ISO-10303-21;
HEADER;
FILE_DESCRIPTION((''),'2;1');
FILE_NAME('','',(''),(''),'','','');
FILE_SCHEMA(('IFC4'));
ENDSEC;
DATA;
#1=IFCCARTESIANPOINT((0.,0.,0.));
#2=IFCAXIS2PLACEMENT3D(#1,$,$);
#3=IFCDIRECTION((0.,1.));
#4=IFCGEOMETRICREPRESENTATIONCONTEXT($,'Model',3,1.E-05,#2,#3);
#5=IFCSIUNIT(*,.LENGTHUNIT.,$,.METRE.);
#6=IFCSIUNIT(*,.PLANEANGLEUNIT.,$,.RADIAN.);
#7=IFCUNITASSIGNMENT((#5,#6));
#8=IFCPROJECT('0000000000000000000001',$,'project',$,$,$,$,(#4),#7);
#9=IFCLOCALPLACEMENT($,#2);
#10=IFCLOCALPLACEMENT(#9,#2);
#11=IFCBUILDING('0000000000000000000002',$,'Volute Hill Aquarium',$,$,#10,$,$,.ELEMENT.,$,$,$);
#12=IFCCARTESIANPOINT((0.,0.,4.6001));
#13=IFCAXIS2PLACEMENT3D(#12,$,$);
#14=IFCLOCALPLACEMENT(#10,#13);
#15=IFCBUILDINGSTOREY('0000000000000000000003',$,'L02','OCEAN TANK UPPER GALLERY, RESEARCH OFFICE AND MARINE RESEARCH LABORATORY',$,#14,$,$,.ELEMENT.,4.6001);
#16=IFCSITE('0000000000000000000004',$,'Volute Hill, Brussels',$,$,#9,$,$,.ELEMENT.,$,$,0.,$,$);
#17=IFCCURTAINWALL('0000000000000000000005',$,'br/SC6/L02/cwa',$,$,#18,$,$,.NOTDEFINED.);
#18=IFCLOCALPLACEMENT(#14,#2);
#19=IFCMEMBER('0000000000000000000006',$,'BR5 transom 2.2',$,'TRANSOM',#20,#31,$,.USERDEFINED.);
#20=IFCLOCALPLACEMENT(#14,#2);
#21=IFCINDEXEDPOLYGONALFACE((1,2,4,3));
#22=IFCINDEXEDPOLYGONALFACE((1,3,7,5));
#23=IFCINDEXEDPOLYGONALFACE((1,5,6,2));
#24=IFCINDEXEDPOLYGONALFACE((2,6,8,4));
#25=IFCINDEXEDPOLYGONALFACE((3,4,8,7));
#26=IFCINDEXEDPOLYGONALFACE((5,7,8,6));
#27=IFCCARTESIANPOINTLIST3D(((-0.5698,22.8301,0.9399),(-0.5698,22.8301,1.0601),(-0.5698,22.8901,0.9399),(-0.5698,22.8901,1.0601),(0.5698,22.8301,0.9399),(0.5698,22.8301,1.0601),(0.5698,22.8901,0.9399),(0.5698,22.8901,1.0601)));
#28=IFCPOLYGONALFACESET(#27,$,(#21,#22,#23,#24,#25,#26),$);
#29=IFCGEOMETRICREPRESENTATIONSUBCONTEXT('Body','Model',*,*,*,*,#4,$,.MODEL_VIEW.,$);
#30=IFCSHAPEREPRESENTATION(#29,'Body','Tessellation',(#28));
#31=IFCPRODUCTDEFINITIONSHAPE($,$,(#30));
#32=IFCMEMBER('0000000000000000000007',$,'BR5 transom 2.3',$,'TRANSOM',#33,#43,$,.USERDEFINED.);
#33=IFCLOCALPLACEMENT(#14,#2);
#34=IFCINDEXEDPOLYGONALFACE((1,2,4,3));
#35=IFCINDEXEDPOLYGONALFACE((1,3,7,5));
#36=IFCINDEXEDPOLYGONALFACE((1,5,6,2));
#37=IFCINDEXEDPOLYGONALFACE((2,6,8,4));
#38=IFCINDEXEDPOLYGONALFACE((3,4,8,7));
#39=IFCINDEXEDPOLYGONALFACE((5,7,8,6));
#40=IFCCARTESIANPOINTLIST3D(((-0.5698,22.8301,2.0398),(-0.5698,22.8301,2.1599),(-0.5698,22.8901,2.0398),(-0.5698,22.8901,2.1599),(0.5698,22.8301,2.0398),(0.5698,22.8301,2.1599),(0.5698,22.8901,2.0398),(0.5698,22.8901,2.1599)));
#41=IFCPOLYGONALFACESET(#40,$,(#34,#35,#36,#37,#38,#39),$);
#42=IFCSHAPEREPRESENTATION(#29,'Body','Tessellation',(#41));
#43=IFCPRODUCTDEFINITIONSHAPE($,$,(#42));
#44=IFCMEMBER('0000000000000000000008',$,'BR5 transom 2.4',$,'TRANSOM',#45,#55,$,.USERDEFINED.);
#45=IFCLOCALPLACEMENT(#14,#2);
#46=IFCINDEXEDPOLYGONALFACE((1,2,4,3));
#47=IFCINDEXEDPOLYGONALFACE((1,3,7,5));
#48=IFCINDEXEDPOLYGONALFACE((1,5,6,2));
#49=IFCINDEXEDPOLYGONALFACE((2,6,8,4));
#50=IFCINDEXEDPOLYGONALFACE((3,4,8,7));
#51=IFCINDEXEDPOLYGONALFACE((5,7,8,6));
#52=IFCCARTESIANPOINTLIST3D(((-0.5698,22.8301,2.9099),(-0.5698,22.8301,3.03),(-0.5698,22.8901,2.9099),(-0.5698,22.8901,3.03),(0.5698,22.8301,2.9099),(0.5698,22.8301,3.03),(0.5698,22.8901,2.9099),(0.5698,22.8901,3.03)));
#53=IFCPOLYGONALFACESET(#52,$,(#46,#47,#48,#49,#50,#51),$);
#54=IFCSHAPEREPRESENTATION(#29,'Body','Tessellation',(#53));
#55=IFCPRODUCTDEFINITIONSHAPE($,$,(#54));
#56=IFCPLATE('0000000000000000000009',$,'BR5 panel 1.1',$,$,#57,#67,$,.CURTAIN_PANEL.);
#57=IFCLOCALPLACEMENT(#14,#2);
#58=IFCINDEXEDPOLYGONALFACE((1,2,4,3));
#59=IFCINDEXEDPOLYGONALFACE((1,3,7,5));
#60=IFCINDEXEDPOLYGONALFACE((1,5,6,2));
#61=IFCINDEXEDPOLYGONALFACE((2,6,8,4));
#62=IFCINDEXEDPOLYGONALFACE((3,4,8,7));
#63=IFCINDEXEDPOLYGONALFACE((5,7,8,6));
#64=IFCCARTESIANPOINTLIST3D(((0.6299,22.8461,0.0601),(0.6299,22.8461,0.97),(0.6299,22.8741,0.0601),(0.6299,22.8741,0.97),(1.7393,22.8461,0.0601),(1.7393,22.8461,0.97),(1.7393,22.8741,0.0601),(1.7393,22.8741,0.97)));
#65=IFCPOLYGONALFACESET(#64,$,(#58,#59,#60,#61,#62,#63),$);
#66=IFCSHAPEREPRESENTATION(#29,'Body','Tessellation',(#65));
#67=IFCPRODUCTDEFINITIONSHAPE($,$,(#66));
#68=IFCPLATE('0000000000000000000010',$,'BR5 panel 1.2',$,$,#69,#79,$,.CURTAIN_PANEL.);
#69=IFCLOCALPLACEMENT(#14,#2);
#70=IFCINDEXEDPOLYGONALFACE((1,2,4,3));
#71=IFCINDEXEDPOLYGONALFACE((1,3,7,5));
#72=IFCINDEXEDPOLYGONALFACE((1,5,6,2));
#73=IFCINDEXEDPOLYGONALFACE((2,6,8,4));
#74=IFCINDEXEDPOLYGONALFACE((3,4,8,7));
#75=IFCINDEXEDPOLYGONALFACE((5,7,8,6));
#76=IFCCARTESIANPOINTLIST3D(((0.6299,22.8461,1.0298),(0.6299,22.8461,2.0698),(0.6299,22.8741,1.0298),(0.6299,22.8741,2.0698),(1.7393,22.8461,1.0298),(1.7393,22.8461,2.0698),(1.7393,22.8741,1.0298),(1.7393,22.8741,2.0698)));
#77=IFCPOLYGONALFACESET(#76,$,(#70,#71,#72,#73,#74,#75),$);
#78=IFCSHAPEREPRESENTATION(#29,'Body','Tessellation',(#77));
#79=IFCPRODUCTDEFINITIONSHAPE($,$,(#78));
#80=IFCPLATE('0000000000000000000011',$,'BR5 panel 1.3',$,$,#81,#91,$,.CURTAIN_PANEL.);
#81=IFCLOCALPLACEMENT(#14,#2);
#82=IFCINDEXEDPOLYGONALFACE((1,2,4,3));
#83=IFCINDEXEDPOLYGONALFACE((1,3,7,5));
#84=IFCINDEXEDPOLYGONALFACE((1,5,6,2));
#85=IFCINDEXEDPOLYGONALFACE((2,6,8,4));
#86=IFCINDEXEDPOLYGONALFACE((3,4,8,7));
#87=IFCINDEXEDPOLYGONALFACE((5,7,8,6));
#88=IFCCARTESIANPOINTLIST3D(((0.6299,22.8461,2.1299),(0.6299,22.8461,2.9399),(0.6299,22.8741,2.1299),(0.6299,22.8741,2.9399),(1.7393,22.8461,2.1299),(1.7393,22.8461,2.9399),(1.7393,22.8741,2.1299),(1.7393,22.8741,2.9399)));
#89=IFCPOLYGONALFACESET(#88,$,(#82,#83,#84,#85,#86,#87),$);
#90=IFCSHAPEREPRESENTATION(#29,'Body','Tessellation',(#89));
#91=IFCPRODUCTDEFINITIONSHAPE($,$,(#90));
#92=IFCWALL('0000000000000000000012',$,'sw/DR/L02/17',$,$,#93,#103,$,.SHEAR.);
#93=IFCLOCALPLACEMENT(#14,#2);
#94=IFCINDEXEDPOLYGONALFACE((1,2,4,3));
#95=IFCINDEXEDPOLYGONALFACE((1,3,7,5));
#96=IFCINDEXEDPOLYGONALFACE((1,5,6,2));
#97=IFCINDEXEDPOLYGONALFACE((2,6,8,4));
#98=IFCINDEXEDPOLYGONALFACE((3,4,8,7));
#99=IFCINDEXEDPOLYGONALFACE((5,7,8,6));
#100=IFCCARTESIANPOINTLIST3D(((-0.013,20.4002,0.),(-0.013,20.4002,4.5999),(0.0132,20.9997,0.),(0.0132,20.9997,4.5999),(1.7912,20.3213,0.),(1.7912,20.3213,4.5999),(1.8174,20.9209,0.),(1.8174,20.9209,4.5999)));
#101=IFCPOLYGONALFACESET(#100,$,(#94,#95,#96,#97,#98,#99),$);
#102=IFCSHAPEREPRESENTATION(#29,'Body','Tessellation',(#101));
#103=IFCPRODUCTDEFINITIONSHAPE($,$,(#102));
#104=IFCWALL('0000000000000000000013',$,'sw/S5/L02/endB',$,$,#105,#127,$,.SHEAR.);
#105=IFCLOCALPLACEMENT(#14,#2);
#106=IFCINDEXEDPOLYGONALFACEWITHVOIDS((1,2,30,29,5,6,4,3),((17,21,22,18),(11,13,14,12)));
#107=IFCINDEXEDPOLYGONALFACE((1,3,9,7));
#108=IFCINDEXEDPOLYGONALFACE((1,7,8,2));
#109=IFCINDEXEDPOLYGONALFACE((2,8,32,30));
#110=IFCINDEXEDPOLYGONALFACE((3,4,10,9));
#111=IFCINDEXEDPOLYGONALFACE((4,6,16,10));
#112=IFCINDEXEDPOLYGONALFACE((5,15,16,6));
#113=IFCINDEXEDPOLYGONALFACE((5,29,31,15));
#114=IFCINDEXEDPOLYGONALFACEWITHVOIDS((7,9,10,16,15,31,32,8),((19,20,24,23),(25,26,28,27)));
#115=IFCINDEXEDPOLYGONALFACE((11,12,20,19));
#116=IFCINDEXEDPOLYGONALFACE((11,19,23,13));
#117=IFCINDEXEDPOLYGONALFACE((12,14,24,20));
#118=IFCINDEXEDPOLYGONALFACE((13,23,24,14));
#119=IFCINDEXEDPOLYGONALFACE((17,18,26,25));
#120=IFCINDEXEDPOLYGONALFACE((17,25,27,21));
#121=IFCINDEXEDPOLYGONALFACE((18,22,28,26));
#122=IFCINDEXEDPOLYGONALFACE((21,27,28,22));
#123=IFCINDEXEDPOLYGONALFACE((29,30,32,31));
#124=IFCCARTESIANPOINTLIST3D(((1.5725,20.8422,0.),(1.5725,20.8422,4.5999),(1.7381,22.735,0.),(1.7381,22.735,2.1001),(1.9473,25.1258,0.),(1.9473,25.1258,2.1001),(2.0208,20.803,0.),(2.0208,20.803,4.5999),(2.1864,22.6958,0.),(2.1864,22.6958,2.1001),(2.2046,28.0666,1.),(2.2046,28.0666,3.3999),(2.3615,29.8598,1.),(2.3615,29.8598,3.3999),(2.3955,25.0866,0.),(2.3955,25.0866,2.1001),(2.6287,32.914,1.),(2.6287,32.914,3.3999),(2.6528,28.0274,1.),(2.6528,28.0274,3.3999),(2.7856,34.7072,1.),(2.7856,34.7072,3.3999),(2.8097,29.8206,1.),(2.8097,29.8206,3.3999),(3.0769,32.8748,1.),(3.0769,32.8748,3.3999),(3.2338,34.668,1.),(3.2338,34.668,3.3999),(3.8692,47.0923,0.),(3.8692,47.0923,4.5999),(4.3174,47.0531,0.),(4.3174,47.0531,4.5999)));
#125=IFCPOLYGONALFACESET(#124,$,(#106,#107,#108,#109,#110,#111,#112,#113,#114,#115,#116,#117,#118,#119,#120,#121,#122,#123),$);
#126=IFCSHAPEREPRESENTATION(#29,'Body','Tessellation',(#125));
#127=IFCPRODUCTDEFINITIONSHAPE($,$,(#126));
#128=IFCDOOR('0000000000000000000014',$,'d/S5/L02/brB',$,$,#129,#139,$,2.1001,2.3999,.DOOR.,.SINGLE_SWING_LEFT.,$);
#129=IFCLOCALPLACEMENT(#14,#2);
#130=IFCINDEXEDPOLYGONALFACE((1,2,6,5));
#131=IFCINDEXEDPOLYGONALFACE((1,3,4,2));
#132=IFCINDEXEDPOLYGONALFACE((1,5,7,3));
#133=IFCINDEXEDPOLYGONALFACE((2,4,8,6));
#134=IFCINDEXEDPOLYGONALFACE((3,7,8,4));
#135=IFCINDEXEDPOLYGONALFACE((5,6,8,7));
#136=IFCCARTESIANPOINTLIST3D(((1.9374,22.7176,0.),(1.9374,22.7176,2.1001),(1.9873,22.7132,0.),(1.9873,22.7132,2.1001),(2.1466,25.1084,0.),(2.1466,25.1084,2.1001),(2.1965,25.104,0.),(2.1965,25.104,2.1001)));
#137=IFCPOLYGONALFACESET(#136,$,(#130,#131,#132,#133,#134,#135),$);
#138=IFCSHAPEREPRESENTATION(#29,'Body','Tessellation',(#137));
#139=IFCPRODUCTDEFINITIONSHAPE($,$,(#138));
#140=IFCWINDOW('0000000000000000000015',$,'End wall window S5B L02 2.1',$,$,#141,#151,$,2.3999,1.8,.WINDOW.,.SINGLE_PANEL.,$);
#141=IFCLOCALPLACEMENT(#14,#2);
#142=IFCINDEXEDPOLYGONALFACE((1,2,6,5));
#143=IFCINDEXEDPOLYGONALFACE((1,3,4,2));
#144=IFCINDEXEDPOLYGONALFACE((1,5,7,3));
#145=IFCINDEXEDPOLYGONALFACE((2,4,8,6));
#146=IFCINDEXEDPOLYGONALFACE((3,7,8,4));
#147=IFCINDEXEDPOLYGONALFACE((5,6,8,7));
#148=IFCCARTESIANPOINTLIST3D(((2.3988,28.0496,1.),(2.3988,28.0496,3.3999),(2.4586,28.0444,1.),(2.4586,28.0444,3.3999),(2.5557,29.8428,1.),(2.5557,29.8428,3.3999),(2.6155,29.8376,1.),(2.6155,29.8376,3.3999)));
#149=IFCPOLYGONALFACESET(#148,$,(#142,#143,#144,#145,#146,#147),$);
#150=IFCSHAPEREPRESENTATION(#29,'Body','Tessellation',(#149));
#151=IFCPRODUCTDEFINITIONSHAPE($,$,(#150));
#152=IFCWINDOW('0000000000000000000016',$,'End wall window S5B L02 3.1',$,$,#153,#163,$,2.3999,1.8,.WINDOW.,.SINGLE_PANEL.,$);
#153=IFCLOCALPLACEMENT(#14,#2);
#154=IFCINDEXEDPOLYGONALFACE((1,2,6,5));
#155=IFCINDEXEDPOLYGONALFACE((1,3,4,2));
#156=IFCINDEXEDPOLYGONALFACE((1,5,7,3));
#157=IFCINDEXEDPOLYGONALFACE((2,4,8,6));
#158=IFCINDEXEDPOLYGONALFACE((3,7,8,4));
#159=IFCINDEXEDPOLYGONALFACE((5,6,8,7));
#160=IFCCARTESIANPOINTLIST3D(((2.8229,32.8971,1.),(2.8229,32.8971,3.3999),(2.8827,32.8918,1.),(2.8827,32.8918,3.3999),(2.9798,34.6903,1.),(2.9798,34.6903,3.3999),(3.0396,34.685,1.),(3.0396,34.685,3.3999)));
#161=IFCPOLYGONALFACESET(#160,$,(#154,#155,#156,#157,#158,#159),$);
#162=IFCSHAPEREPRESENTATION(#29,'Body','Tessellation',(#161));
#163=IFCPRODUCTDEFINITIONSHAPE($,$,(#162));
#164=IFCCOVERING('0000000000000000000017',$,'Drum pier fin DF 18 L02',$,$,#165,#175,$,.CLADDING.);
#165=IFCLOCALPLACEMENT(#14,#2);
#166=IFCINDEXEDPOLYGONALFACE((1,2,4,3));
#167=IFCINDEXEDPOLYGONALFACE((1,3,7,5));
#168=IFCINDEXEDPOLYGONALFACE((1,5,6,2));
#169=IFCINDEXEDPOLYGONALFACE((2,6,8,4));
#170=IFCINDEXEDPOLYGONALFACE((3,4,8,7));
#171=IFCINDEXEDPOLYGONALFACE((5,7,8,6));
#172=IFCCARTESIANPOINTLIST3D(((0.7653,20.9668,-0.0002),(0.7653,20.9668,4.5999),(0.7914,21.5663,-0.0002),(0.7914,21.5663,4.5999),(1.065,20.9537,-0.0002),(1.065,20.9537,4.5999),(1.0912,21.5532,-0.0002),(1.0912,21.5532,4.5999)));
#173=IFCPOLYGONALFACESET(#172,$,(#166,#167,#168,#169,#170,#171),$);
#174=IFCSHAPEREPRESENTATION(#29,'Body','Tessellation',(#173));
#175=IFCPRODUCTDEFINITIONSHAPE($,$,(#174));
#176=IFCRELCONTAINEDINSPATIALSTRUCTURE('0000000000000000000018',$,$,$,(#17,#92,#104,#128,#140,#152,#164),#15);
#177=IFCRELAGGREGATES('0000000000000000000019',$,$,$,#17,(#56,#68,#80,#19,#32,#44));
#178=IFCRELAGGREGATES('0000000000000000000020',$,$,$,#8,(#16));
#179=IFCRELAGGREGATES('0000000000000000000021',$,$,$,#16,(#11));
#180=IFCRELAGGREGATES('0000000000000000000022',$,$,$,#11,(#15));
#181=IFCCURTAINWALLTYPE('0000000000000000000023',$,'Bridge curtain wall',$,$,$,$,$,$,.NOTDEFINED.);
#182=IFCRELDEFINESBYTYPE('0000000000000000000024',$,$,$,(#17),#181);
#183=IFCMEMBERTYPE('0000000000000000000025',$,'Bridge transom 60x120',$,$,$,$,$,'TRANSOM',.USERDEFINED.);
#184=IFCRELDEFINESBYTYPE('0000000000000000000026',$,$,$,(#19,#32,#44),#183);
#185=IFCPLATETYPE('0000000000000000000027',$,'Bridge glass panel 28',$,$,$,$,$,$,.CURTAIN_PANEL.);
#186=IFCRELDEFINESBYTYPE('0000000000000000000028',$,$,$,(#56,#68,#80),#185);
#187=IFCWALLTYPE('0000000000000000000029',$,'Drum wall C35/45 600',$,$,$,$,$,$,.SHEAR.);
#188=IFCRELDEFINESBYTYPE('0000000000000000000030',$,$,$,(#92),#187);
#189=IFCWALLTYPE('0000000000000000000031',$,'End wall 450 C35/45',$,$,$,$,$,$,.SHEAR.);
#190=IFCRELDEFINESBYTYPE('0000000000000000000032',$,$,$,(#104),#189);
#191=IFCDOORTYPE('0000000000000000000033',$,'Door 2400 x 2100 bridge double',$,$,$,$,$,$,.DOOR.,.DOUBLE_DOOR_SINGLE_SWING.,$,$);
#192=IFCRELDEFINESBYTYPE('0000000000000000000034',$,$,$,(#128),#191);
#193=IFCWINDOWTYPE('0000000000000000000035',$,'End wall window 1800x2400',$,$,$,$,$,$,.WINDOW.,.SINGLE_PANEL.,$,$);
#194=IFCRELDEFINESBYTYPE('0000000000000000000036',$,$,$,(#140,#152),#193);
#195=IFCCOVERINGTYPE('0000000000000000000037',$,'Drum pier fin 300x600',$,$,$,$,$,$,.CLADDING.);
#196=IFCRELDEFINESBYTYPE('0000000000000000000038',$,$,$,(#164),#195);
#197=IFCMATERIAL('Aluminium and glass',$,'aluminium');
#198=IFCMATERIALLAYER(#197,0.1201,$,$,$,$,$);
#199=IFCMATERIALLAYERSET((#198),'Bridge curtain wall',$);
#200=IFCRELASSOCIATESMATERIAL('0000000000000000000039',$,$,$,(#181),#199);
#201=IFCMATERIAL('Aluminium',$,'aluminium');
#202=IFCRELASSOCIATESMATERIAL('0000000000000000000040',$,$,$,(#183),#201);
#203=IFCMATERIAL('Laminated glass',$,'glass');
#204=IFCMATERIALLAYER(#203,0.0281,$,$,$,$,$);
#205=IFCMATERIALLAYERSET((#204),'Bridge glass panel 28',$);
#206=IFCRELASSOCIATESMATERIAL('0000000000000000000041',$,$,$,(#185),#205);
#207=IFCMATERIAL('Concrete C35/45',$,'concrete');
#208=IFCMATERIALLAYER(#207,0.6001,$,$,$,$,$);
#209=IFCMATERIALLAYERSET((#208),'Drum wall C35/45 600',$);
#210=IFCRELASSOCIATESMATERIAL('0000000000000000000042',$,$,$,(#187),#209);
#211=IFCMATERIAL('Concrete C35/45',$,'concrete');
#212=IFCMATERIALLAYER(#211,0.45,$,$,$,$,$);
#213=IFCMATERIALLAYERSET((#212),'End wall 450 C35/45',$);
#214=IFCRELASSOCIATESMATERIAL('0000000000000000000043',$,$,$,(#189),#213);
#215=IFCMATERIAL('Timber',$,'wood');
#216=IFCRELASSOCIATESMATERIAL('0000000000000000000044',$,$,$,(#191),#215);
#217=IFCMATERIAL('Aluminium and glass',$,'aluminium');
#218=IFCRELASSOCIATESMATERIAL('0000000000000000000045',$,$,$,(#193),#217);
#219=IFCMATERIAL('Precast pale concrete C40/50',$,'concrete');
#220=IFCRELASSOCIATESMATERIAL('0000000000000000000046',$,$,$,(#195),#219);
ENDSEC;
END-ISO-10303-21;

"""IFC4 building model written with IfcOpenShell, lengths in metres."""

from ifc_helpers import new_model, si_unit, direction, frame, frame_2d, origin, origin_2d, place, context, subcontext, project, spatial, rectangle, extrude, material, layer, layer_set, material_profile, profile_set, type_object, element, fill, aggregate, save


model = new_model("IFC4")

# Units and contexts
model_context = context("Model", 3, precision=1e-05, world=origin(), true_north=direction((0.0, 1.0)))
body_context = subcontext(model_context, "Body", "Model", "MODEL_VIEW")
ifc_project = project(units=[si_unit("LENGTHUNIT", "METRE"), si_unit("PLANEANGLEUNIT", "RADIAN")], contexts=[model_context])

# Site, building, storey
site_placement = place(None, origin())
site = spatial("IfcSite", under=ifc_project, at=site_placement, Name="Volute Hill, Brussels", CompositionType="ELEMENT", RefElevation=0.0)
building_placement = place(site_placement, origin())
building = spatial("IfcBuilding", under=site, at=building_placement, Name="Volute Hill Aquarium", CompositionType="ELEMENT")
storey_placement = place(building_placement, frame((0.0, 0.0, 4.6001)))
storey = spatial("IfcBuildingStorey", under=building, at=storey_placement, Name="L02", Description="OCEAN TANK UPPER GALLERY, RESEARCH OFFICE AND MARINE RESEARCH LABORATORY", CompositionType="ELEMENT", Elevation=4.6001)

# Curtain wall
ifc_material_1 = material(Name="Aluminium and glass", Category="aluminium")
ifc_layer_1 = layer(ifc_material_1, 0.1201)
ifc_layer_set_1 = layer_set([ifc_layer_1], Name="Bridge curtain wall")
curtain_wall_type = type_object("IfcCurtainWallType", Name="Bridge curtain wall", PredefinedType="NOTDEFINED", material=ifc_layer_set_1)
curtain_wall_placement = place(storey_placement, origin())
curtain_wall = element("IfcCurtainWall", 1, at=curtain_wall_placement, inside=storey, type_object=curtain_wall_type, Name="br/SC6/L02/cwa", PredefinedType="NOTDEFINED")

# Members
ifc_material_2 = material(Name="Aluminium", Category="aluminium")
ifc_material_profile_1 = material_profile(ifc_material_2, rectangle(XDim=0.0601, YDim=0.1201, at=origin_2d()), Name="Aluminium transom 60x120")
ifc_profile_set_1 = profile_set([ifc_material_profile_1], Name="Aluminium")
member_type_1 = type_object("IfcMemberType", Name="Bridge transom 60x120", ElementType="TRANSOM", PredefinedType="USERDEFINED", material=ifc_profile_set_1)
member_1_placement = place(storey_placement, frame((0.5698, 22.8601, 1.0), z_axis=(-1.0, 0.0, 0.0), x_axis=(0.0, -1.0, 0.0)))
member_1 = element("IfcMember", 2, at=member_1_placement, type_object=member_type_1, Name="BR5 transom 2.2", ObjectType="TRANSOM", PredefinedType="USERDEFINED", context=body_context, shape_type="SweptSolid", body=[
    extrude(rectangle(XDim=0.0601, YDim=0.1201, at=origin_2d()), origin(), (0.0, 0.0, 1.0), 1.1396),
])
member_2_placement = place(storey_placement, frame((0.5698, 22.8601, 2.0999), z_axis=(-1.0, 0.0, 0.0), x_axis=(0.0, -1.0, 0.0)))
member_2 = element("IfcMember", 3, at=member_2_placement, type_object=member_type_1, Name="BR5 transom 2.3", ObjectType="TRANSOM", PredefinedType="USERDEFINED", context=body_context, shape_type="SweptSolid", body=[
    extrude(rectangle(XDim=0.0601, YDim=0.1201, at=origin_2d()), origin(), (0.0, 0.0, 1.0), 1.1396),
])
member_3_placement = place(storey_placement, frame((0.5698, 22.8601, 2.97), z_axis=(-1.0, 0.0, 0.0), x_axis=(0.0, -1.0, 0.0)))
member_3 = element("IfcMember", 4, at=member_3_placement, type_object=member_type_1, Name="BR5 transom 2.4", ObjectType="TRANSOM", PredefinedType="USERDEFINED", context=body_context, shape_type="SweptSolid", body=[
    extrude(rectangle(XDim=0.0601, YDim=0.1201, at=origin_2d()), origin(), (0.0, 0.0, 1.0), 1.1396),
])

# Plates
ifc_material_3 = material(Name="Laminated glass", Category="glass")
ifc_layer_2 = layer(ifc_material_3, 0.0281)
ifc_layer_set_2 = layer_set([ifc_layer_2], Name="Bridge glass panel 28")
plate_type = type_object("IfcPlateType", Name="Bridge glass panel 28", PredefinedType="CURTAIN_PANEL", material=ifc_layer_set_2)
plate_1_placement = place(storey_placement, frame((1.1846, 22.8601, 0.0601), z_axis=(0.0, 0.0, 1.0), x_axis=(-1.0, 0.0, 0.0)))
plate_1 = element("IfcPlate", 5, at=plate_1_placement, type_object=plate_type, Name="BR5 panel 1.1", PredefinedType="CURTAIN_PANEL", context=body_context, shape_type="SweptSolid", body=[
    extrude(rectangle(XDim=1.1094, YDim=0.0281, at=origin_2d()), origin(), (0.0, 0.0, 1.0), 0.9099),
])
plate_2_placement = place(storey_placement, frame((1.1846, 22.8601, 1.0298), z_axis=(0.0, 0.0, 1.0), x_axis=(-1.0, 0.0, 0.0)))
plate_2 = element("IfcPlate", 6, at=plate_2_placement, type_object=plate_type, Name="BR5 panel 1.2", PredefinedType="CURTAIN_PANEL", context=body_context, shape_type="SweptSolid", body=[
    extrude(rectangle(XDim=1.1094, YDim=0.0281, at=origin_2d()), origin(), (0.0, 0.0, 1.0), 1.04),
])
plate_3_placement = place(storey_placement, frame((1.1846, 22.8601, 2.1299), z_axis=(0.0, 0.0, 1.0), x_axis=(-1.0, 0.0, 0.0)))
plate_3 = element("IfcPlate", 7, at=plate_3_placement, type_object=plate_type, Name="BR5 panel 1.3", PredefinedType="CURTAIN_PANEL", context=body_context, shape_type="SweptSolid", body=[
    extrude(rectangle(XDim=1.1094, YDim=0.0281, at=origin_2d()), origin(), (0.0, 0.0, 1.0), 0.8101),
])
aggregate(curtain_wall, [plate_1, plate_2, plate_3, member_1, member_2, member_3])

# Wall
ifc_material_4 = material(Name="Concrete C35/45", Category="concrete")
ifc_layer_3 = layer(ifc_material_4, 0.6001)
ifc_layer_set_3 = layer_set([ifc_layer_3], Name="Drum wall C35/45 600")
wall_type_1 = type_object("IfcWallType", Name="Drum wall C35/45 600", PredefinedType="SHEAR", material=ifc_layer_set_3)
wall_1_placement = place(storey_placement, frame((1.8042, 20.6211, 0.0), z_axis=(0.0, 0.0, 1.0), x_axis=(-0.999046, 0.043666, 0.0)))
element("IfcWall", 8, at=wall_1_placement, inside=storey, type_object=wall_type_1, Name="sw/DR/L02/17", PredefinedType="SHEAR", context=body_context, shape_type="SweptSolid", body=[
    extrude(rectangle(XDim=1.8059, YDim=0.6001, at=frame_2d((0.9028, 0.0))), origin(), (0.0, 0.0, 1.0), 4.5999),
])

# Wall, openings, door, windows
ifc_material_5 = material(Name="Concrete C35/45", Category="concrete")
ifc_layer_4 = layer(ifc_material_5, 0.45)
ifc_layer_set_4 = layer_set([ifc_layer_4], Name="End wall 450 C35/45")
wall_type_2 = type_object("IfcWallType", Name="End wall 450 C35/45", PredefinedType="SHEAR", material=ifc_layer_set_4)
wall_2_placement = place(storey_placement, frame((1.7966, 20.8225, 0.0), z_axis=(0.0, 0.0, 1.0), x_axis=(0.087158, 0.996195, 0.0)))
wall_2 = element("IfcWall", 9, at=wall_2_placement, inside=storey, type_object=wall_type_2, Name="sw/S5/L02/endB", PredefinedType="SHEAR", context=body_context, shape_type="SweptSolid", body=[
    extrude(rectangle(XDim=26.3503, YDim=0.45, at=frame_2d((13.1753, 0.0))), origin(), (0.0, 0.0, 1.0), 4.5999),
])
opening_1_placement = place(wall_2_placement, frame((7.2522, 0.0, 1.0)))
opening_1 = element("IfcOpeningElement", 10, at=opening_1_placement, cuts=wall_2, PredefinedType="OPENING", context=body_context, shape_type="SweptSolid", body=[
    extrude(rectangle(XDim=1.8, YDim=2.3999, at=frame_2d((0.8999, 1.2))), frame((0.0, 0.2349, 0.0), z_axis=(0.0, -1.0, 0.0), x_axis=(1.0, 0.0, 0.0)), (0.0, 0.0, 1.0), 0.47),
])
opening_2_placement = place(wall_2_placement, frame((12.1182, 0.0, 1.0)))
opening_2 = element("IfcOpeningElement", 11, at=opening_2_placement, cuts=wall_2, PredefinedType="OPENING", context=body_context, shape_type="SweptSolid", body=[
    extrude(rectangle(XDim=1.8, YDim=2.3999, at=frame_2d((0.8999, 1.2))), frame((0.0, 0.2349, 0.0), z_axis=(0.0, -1.0, 0.0), x_axis=(1.0, 0.0, 0.0)), (0.0, 0.0, 1.0), 0.47),
])
opening_3_placement = place(wall_2_placement, frame((1.9001, 0.0, 0.0)))
opening_3 = element("IfcOpeningElement", 12, at=opening_3_placement, cuts=wall_2, PredefinedType="OPENING", context=body_context, shape_type="SweptSolid", body=[
    extrude(rectangle(XDim=2.3999, YDim=2.1001, at=frame_2d((1.2, 1.05))), frame((0.0, 0.2349, 0.0), z_axis=(0.0, -1.0, 0.0), x_axis=(1.0, 0.0, 0.0)), (0.0, 0.0, 1.0), 0.47),
])
ifc_material_6 = material(Name="Timber", Category="wood")
door_type = type_object("IfcDoorType", Name="Door 2400 x 2100 bridge double", OperationType="DOUBLE_DOOR_SINGLE_SWING", PredefinedType="DOOR", material=ifc_material_6)
door_placement = place(opening_3_placement, origin())
door = element("IfcDoor", 13, at=door_placement, inside=storey, type_object=door_type, Name="d/S5/L02/brB", OperationType="SINGLE_SWING_LEFT", OverallHeight=2.1001, OverallWidth=2.3999, PredefinedType="DOOR", context=body_context, shape_type="SweptSolid", body=[
    extrude(rectangle(XDim=2.3999, YDim=2.1001, at=frame_2d((1.2, 1.05))), frame((0.0, 0.0249, 0.0), z_axis=(0.0, -1.0, 0.0), x_axis=(1.0, 0.0, 0.0)), (0.0, 0.0, 1.0), 0.05),
])
fill(opening_3, door)
ifc_material_7 = material(Name="Aluminium and glass", Category="aluminium")
window_type = type_object("IfcWindowType", Name="End wall window 1800x2400", PartitioningType="SINGLE_PANEL", PredefinedType="WINDOW", material=ifc_material_7)
window_1_placement = place(opening_1_placement, origin())
window_1 = element("IfcWindow", 14, at=window_1_placement, inside=storey, type_object=window_type, Name="End wall window S5B L02 2.1", OverallHeight=2.3999, OverallWidth=1.8, PartitioningType="SINGLE_PANEL", PredefinedType="WINDOW", context=body_context, shape_type="SweptSolid", body=[
    extrude(rectangle(XDim=1.8, YDim=2.3999, at=frame_2d((0.8999, 1.2))), frame((0.0, 0.03, 0.0), z_axis=(0.0, -1.0, 0.0), x_axis=(1.0, 0.0, 0.0)), (0.0, 0.0, 1.0), 0.0601),
])
fill(opening_1, window_1)
window_2_placement = place(opening_2_placement, origin())
window_2 = element("IfcWindow", 15, at=window_2_placement, inside=storey, type_object=window_type, Name="End wall window S5B L02 3.1", OverallHeight=2.3999, OverallWidth=1.8, PartitioningType="SINGLE_PANEL", PredefinedType="WINDOW", context=body_context, shape_type="SweptSolid", body=[
    extrude(rectangle(XDim=1.8, YDim=2.3999, at=frame_2d((0.8999, 1.2))), frame((0.0, 0.03, 0.0), z_axis=(0.0, -1.0, 0.0), x_axis=(1.0, 0.0, 0.0)), (0.0, 0.0, 1.0), 0.0601),
])
fill(opening_2, window_2)

# Covering
ifc_material_8 = material(Name="Precast pale concrete C40/50", Category="concrete")
covering_type_1 = type_object("IfcCoveringType", Name="Drum pier fin 300x600", PredefinedType="CLADDING", material=ifc_material_8)
covering_1_placement = place(storey_placement, frame((0.9282, 21.26, -0.0002), z_axis=(0.0, 0.0, 1.0), x_axis=(-0.999048, 0.043619, 0.0)))
element("IfcCovering", 16, at=covering_1_placement, inside=storey, type_object=covering_type_1, Name="Drum pier fin DF 18 L02", PredefinedType="CLADDING", context=body_context, shape_type="SweptSolid", body=[
    extrude(rectangle(XDim=0.3, YDim=0.6001, at=origin_2d()), origin(), (0.0, 0.0, 1.0), 4.6001),
])

save(model, "model.ifc")
